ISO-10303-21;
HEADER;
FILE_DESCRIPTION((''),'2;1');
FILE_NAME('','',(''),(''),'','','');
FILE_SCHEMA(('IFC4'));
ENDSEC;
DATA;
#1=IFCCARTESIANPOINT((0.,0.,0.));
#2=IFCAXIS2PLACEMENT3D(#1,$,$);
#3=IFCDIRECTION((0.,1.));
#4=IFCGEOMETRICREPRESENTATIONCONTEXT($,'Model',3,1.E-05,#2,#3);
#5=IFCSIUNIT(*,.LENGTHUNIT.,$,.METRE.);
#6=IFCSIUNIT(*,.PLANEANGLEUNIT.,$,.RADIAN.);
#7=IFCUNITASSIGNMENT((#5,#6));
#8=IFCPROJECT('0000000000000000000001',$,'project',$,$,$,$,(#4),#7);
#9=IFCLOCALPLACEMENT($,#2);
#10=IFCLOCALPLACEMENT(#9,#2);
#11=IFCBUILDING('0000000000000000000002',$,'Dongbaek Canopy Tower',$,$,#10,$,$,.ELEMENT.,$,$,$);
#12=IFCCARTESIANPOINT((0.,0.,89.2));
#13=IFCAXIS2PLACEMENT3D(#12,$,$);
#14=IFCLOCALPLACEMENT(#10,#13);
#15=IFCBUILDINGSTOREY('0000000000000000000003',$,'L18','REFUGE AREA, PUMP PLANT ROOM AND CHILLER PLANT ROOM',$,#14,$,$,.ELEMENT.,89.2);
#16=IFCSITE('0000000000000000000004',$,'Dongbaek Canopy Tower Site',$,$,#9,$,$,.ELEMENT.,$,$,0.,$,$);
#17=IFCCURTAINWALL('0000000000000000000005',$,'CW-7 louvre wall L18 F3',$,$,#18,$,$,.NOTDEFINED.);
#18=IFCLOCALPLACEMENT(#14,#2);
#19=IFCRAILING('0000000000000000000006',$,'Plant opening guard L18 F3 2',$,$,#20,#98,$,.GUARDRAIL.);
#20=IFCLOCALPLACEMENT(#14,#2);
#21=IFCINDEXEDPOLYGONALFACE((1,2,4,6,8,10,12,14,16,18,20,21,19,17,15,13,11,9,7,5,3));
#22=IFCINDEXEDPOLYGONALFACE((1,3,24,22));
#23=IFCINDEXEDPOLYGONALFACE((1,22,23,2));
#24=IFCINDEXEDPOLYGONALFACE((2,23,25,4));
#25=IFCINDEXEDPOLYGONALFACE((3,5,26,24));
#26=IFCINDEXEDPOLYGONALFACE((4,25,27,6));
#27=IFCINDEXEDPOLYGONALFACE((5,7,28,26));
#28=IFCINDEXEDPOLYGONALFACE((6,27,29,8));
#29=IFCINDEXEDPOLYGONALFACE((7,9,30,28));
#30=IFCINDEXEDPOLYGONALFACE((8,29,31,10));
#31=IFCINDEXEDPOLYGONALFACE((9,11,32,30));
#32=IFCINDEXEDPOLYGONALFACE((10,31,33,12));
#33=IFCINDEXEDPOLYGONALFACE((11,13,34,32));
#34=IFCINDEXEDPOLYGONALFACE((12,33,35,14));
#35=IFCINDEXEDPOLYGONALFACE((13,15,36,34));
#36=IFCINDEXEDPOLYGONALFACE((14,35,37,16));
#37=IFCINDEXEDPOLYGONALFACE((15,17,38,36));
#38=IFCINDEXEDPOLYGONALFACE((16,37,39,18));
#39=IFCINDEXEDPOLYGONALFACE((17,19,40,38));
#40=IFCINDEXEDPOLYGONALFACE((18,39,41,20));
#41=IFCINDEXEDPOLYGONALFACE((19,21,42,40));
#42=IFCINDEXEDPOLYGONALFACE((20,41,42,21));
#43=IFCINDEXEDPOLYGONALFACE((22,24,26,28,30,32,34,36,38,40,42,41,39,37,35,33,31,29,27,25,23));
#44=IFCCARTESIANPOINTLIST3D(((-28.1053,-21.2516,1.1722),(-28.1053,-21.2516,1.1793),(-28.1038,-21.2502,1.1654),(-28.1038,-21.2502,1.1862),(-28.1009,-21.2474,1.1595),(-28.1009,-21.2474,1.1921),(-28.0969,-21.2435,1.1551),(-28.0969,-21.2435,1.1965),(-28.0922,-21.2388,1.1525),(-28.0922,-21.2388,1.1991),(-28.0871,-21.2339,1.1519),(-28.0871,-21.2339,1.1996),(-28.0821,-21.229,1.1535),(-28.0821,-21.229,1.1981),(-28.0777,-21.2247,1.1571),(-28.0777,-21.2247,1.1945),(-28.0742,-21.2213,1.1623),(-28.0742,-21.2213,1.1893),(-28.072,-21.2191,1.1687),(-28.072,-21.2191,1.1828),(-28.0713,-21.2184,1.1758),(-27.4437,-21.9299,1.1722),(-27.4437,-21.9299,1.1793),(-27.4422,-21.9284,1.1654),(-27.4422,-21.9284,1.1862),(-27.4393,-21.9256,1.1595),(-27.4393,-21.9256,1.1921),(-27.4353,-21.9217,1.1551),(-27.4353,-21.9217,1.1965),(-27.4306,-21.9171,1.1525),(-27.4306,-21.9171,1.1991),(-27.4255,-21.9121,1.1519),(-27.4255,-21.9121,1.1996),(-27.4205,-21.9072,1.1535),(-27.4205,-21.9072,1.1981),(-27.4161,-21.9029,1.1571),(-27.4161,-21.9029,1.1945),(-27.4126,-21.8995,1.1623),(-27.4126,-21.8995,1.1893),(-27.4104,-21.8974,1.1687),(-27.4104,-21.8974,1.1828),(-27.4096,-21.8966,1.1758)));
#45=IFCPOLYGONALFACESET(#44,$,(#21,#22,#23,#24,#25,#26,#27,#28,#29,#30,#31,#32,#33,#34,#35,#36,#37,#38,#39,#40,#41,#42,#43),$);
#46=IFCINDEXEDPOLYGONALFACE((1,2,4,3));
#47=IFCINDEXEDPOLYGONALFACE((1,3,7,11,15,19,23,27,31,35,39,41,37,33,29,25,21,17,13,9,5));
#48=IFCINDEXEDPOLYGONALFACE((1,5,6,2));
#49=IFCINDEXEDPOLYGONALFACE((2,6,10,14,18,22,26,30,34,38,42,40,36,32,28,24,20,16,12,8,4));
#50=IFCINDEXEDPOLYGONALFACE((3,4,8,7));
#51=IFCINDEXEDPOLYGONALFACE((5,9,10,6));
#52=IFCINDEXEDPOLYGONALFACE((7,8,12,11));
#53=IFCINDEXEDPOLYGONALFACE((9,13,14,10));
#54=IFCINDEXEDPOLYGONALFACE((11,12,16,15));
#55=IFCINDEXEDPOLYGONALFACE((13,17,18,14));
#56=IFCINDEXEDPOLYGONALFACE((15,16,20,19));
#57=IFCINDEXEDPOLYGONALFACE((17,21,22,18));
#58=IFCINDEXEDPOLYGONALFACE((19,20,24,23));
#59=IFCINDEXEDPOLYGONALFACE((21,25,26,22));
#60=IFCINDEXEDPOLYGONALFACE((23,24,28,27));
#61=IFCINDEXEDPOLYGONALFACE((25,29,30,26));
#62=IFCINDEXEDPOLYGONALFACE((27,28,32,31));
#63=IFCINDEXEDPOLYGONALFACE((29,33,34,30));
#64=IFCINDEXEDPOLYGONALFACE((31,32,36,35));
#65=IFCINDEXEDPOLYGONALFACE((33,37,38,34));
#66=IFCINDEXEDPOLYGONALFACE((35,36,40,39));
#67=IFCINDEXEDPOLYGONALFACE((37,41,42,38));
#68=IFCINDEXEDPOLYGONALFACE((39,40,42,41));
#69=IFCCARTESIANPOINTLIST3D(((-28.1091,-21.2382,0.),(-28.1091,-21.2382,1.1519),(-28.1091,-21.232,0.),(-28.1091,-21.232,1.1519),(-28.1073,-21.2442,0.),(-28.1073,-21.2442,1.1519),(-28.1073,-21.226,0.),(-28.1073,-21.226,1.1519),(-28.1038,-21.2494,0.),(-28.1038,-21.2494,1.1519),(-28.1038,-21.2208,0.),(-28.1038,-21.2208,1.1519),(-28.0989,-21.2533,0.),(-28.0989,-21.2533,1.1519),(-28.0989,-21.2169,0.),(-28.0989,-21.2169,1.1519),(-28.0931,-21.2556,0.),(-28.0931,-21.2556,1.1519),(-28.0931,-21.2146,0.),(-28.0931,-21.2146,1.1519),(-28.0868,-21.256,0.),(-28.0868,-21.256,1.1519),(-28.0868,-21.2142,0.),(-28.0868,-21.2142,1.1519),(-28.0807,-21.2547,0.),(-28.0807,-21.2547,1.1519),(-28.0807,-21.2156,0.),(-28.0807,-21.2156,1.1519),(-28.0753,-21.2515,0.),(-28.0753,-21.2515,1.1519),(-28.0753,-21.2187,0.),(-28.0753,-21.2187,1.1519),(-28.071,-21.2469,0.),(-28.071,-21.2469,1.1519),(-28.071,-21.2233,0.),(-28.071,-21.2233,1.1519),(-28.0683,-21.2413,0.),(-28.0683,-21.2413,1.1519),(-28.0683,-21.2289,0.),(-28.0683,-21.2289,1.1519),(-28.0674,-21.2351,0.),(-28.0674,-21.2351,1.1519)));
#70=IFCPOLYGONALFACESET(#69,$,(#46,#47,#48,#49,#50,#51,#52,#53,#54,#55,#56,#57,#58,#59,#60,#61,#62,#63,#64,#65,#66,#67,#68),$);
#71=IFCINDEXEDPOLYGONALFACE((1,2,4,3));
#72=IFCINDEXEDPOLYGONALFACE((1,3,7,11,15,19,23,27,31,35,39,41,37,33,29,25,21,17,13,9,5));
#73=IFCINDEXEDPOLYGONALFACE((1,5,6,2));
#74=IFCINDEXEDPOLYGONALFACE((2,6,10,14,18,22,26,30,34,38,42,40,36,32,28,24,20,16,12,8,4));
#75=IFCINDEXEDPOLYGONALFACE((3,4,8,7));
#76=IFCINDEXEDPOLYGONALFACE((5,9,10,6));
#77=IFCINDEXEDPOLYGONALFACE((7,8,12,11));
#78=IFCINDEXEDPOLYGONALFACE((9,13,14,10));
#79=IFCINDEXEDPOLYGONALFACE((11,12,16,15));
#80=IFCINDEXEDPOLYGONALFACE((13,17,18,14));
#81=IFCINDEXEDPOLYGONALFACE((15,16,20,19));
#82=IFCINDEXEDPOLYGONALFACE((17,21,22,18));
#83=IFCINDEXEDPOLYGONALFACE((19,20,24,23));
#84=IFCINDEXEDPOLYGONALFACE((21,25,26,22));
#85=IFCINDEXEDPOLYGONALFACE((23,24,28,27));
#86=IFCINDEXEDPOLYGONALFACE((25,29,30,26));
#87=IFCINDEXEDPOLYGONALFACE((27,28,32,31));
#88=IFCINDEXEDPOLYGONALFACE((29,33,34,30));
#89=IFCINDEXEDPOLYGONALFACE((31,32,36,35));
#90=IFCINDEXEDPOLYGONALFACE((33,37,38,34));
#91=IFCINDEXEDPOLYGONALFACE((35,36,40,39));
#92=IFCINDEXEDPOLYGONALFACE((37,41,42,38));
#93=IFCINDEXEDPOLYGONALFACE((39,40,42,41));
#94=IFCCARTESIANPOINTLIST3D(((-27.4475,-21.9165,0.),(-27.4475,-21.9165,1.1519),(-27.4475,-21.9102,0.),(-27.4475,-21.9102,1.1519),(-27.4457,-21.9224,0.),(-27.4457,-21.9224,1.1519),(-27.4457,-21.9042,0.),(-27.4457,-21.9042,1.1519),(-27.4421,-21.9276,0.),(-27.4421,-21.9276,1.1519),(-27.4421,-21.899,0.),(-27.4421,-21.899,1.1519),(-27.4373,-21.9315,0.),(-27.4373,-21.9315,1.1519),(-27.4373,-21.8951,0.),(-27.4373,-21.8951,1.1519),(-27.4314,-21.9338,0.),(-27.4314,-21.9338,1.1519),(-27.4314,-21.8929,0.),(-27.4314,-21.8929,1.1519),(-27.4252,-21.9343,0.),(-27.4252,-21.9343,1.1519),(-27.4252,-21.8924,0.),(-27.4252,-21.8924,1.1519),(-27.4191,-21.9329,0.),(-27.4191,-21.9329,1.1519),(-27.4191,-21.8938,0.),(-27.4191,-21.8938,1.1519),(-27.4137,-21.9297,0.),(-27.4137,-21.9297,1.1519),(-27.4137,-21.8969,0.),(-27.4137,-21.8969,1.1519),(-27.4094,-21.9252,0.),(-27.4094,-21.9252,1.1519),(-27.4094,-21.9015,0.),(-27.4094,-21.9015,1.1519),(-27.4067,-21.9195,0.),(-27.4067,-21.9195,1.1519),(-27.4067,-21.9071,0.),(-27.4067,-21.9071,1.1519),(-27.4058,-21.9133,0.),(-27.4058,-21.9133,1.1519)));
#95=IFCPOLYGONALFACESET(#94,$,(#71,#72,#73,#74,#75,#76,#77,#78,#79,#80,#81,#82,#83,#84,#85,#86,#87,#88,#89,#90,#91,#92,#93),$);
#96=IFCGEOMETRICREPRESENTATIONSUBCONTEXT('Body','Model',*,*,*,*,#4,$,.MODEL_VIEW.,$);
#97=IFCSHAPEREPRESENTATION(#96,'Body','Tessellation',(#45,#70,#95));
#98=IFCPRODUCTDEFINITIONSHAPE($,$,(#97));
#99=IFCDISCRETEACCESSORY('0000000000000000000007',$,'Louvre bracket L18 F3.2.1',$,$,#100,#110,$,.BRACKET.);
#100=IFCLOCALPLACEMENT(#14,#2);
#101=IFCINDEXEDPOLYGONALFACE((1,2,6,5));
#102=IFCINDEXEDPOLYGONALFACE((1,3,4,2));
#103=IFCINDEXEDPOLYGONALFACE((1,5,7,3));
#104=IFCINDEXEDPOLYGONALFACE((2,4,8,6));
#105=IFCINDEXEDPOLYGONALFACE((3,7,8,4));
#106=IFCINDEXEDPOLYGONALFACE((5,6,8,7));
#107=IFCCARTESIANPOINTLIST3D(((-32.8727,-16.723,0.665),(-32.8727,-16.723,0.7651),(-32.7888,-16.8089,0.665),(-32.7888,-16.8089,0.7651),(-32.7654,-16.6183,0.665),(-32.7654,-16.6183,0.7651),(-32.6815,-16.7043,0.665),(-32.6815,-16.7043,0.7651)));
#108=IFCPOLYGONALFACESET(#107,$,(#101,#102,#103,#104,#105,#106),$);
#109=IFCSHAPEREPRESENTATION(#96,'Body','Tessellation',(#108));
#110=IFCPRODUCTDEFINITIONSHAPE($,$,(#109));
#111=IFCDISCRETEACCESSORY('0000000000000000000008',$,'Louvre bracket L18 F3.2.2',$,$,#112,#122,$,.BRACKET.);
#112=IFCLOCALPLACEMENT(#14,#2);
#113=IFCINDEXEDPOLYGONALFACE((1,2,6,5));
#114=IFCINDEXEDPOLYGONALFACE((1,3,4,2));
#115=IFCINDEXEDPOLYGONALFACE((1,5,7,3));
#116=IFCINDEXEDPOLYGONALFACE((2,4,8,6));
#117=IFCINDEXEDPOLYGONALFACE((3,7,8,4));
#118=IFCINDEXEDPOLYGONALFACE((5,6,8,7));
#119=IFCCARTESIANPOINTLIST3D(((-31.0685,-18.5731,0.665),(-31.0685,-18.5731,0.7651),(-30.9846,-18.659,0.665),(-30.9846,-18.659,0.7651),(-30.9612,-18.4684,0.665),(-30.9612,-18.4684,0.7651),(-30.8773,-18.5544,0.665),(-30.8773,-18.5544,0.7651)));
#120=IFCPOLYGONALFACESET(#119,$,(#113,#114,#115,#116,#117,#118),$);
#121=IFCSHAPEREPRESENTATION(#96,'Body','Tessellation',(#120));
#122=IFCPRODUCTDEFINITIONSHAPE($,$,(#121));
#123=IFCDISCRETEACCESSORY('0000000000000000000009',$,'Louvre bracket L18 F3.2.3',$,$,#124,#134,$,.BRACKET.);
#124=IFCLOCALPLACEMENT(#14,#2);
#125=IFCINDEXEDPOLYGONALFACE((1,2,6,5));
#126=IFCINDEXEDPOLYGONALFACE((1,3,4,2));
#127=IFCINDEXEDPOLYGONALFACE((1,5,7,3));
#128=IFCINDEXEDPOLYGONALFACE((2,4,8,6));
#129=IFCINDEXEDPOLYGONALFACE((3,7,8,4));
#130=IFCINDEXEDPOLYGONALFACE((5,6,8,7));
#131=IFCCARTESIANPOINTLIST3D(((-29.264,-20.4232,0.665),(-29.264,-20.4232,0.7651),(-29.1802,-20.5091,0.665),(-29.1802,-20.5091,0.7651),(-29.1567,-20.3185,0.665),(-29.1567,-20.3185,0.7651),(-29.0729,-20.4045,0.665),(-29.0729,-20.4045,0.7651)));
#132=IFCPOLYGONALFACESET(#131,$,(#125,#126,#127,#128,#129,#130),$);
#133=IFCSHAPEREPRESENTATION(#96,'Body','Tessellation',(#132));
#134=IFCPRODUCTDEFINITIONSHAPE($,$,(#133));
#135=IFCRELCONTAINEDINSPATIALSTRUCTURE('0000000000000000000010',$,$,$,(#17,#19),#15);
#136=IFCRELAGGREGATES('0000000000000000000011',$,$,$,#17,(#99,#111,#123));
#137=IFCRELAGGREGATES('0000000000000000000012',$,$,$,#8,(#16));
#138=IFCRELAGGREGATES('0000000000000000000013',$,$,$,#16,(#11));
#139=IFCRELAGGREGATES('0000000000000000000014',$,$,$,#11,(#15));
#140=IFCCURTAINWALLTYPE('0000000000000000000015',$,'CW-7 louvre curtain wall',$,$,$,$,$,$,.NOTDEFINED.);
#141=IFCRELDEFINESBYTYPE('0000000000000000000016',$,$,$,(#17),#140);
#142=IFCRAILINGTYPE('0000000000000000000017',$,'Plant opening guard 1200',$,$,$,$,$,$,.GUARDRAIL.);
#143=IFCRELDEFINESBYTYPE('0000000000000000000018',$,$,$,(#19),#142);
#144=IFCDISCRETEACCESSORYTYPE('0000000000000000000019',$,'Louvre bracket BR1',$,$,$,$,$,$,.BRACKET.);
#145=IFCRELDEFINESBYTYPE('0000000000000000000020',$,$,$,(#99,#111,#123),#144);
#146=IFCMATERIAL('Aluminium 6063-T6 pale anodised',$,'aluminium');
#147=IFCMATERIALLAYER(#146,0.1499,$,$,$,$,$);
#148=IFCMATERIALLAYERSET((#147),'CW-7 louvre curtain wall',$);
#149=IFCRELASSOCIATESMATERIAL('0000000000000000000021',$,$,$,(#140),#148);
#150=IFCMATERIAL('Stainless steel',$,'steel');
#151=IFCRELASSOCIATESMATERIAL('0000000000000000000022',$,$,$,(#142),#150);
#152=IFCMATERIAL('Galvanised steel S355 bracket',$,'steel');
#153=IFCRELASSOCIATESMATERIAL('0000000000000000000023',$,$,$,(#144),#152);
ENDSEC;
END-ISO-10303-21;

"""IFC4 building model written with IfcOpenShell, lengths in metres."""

from ifc_helpers import new_model, si_unit, direction, frame, origin, origin_2d, place, context, subcontext, project, spatial, rectangle, circle, extrude, material, layer, layer_set, type_object, element, aggregate, save


model = new_model("IFC4")

# Units and contexts
model_context = context("Model", 3, precision=1e-05, world=origin(), true_north=direction((0.0, 1.0)))
body_context = subcontext(model_context, "Body", "Model", "MODEL_VIEW")
ifc_project = project(units=[si_unit("LENGTHUNIT", "METRE"), si_unit("PLANEANGLEUNIT", "RADIAN")], contexts=[model_context])

# Site, building, storey
site_placement = place(None, origin())
site = spatial("IfcSite", under=ifc_project, at=site_placement, Name="Dongbaek Canopy Tower Site", CompositionType="ELEMENT", RefElevation=0.0)
building_placement = place(site_placement, origin())
building = spatial("IfcBuilding", under=site, at=building_placement, Name="Dongbaek Canopy Tower", CompositionType="ELEMENT")
storey_placement = place(building_placement, frame((0.0, 0.0, 89.2)))
storey = spatial("IfcBuildingStorey", under=building, at=storey_placement, Name="L18", Description="REFUGE AREA, PUMP PLANT ROOM AND CHILLER PLANT ROOM", CompositionType="ELEMENT", Elevation=89.2)

# Curtain wall
ifc_material_1 = material(Name="Aluminium 6063-T6 pale anodised", Category="aluminium")
ifc_layer_1 = layer(ifc_material_1, 0.1499)
ifc_layer_set_1 = layer_set([ifc_layer_1], Name="CW-7 louvre curtain wall")
curtain_wall_type = type_object("IfcCurtainWallType", Name="CW-7 louvre curtain wall", PredefinedType="NOTDEFINED", material=ifc_layer_set_1)
curtain_wall_placement = place(storey_placement, origin())
curtain_wall = element("IfcCurtainWall", 1, at=curtain_wall_placement, inside=storey, type_object=curtain_wall_type, Name="CW-7 louvre wall L18 F3", PredefinedType="NOTDEFINED")

# Railing
ifc_material_2 = material(Name="Stainless steel", Category="steel")
railing_type = type_object("IfcRailingType", Name="Plant opening guard 1200", PredefinedType="GUARDRAIL", material=ifc_material_2)
railing_1_placement = place(storey_placement, frame((-28.0884, -21.2351, 0.0)))
element("IfcRailing", 2, at=railing_1_placement, inside=storey, type_object=railing_type, Name="Plant opening guard L18 F3 2", PredefinedType="GUARDRAIL", context=body_context, shape_type="SweptSolid", body=[
    extrude(circle(Radius=0.0239, at=origin_2d()), frame((0.0, 0.0, 1.1758), z_axis=(0.698292, -0.715813, 0.0), x_axis=(0.715813, 0.698292, 0.0)), (0.0, 0.0, 1.0), 0.9475),
    extrude(circle(Radius=0.021, at=origin_2d()), origin(), (0.0, 0.0, 1.0), 1.1519),
    extrude(circle(Radius=0.021, at=origin_2d()), frame((0.6616, -0.6782, 0.0)), (0.0, 0.0, 1.0), 1.1519),
])

# Discrete accessories
ifc_material_3 = material(Name="Galvanised steel S355 bracket", Category="steel")
discrete_accessory_type = type_object("IfcDiscreteAccessoryType", Name="Louvre bracket BR1", PredefinedType="BRACKET", material=ifc_material_3)
discrete_accessory_1_placement = place(storey_placement, frame((-32.7771, -16.7136, 0.665), z_axis=(0.0, 0.0, 1.0), x_axis=(0.698181, -0.715921, 0.0)))
discrete_accessory_1 = element("IfcDiscreteAccessory", 3, at=discrete_accessory_1_placement, type_object=discrete_accessory_type, Name="Louvre bracket L18 F3.2.1", PredefinedType="BRACKET", context=body_context, shape_type="SweptSolid", body=[
    extrude(rectangle(XDim=0.1201, YDim=0.1499, at=origin_2d()), origin(), (0.0, 0.0, 1.0), 0.1001),
])
discrete_accessory_2_placement = place(storey_placement, frame((-30.9729, -18.5637, 0.665), z_axis=(0.0, 0.0, 1.0), x_axis=(0.698181, -0.715921, 0.0)))
discrete_accessory_2 = element("IfcDiscreteAccessory", 4, at=discrete_accessory_2_placement, type_object=discrete_accessory_type, Name="Louvre bracket L18 F3.2.2", PredefinedType="BRACKET", context=body_context, shape_type="SweptSolid", body=[
    extrude(rectangle(XDim=0.1201, YDim=0.1499, at=origin_2d()), origin(), (0.0, 0.0, 1.0), 0.1001),
])
discrete_accessory_3_placement = place(storey_placement, frame((-29.1685, -20.4138, 0.665), z_axis=(0.0, 0.0, 1.0), x_axis=(0.698181, -0.715921, 0.0)))
discrete_accessory_3 = element("IfcDiscreteAccessory", 5, at=discrete_accessory_3_placement, type_object=discrete_accessory_type, Name="Louvre bracket L18 F3.2.3", PredefinedType="BRACKET", context=body_context, shape_type="SweptSolid", body=[
    extrude(rectangle(XDim=0.1201, YDim=0.1499, at=origin_2d()), origin(), (0.0, 0.0, 1.0), 0.1001),
])
aggregate(curtain_wall, [discrete_accessory_1, discrete_accessory_2, discrete_accessory_3])

save(model, "model.ifc")
